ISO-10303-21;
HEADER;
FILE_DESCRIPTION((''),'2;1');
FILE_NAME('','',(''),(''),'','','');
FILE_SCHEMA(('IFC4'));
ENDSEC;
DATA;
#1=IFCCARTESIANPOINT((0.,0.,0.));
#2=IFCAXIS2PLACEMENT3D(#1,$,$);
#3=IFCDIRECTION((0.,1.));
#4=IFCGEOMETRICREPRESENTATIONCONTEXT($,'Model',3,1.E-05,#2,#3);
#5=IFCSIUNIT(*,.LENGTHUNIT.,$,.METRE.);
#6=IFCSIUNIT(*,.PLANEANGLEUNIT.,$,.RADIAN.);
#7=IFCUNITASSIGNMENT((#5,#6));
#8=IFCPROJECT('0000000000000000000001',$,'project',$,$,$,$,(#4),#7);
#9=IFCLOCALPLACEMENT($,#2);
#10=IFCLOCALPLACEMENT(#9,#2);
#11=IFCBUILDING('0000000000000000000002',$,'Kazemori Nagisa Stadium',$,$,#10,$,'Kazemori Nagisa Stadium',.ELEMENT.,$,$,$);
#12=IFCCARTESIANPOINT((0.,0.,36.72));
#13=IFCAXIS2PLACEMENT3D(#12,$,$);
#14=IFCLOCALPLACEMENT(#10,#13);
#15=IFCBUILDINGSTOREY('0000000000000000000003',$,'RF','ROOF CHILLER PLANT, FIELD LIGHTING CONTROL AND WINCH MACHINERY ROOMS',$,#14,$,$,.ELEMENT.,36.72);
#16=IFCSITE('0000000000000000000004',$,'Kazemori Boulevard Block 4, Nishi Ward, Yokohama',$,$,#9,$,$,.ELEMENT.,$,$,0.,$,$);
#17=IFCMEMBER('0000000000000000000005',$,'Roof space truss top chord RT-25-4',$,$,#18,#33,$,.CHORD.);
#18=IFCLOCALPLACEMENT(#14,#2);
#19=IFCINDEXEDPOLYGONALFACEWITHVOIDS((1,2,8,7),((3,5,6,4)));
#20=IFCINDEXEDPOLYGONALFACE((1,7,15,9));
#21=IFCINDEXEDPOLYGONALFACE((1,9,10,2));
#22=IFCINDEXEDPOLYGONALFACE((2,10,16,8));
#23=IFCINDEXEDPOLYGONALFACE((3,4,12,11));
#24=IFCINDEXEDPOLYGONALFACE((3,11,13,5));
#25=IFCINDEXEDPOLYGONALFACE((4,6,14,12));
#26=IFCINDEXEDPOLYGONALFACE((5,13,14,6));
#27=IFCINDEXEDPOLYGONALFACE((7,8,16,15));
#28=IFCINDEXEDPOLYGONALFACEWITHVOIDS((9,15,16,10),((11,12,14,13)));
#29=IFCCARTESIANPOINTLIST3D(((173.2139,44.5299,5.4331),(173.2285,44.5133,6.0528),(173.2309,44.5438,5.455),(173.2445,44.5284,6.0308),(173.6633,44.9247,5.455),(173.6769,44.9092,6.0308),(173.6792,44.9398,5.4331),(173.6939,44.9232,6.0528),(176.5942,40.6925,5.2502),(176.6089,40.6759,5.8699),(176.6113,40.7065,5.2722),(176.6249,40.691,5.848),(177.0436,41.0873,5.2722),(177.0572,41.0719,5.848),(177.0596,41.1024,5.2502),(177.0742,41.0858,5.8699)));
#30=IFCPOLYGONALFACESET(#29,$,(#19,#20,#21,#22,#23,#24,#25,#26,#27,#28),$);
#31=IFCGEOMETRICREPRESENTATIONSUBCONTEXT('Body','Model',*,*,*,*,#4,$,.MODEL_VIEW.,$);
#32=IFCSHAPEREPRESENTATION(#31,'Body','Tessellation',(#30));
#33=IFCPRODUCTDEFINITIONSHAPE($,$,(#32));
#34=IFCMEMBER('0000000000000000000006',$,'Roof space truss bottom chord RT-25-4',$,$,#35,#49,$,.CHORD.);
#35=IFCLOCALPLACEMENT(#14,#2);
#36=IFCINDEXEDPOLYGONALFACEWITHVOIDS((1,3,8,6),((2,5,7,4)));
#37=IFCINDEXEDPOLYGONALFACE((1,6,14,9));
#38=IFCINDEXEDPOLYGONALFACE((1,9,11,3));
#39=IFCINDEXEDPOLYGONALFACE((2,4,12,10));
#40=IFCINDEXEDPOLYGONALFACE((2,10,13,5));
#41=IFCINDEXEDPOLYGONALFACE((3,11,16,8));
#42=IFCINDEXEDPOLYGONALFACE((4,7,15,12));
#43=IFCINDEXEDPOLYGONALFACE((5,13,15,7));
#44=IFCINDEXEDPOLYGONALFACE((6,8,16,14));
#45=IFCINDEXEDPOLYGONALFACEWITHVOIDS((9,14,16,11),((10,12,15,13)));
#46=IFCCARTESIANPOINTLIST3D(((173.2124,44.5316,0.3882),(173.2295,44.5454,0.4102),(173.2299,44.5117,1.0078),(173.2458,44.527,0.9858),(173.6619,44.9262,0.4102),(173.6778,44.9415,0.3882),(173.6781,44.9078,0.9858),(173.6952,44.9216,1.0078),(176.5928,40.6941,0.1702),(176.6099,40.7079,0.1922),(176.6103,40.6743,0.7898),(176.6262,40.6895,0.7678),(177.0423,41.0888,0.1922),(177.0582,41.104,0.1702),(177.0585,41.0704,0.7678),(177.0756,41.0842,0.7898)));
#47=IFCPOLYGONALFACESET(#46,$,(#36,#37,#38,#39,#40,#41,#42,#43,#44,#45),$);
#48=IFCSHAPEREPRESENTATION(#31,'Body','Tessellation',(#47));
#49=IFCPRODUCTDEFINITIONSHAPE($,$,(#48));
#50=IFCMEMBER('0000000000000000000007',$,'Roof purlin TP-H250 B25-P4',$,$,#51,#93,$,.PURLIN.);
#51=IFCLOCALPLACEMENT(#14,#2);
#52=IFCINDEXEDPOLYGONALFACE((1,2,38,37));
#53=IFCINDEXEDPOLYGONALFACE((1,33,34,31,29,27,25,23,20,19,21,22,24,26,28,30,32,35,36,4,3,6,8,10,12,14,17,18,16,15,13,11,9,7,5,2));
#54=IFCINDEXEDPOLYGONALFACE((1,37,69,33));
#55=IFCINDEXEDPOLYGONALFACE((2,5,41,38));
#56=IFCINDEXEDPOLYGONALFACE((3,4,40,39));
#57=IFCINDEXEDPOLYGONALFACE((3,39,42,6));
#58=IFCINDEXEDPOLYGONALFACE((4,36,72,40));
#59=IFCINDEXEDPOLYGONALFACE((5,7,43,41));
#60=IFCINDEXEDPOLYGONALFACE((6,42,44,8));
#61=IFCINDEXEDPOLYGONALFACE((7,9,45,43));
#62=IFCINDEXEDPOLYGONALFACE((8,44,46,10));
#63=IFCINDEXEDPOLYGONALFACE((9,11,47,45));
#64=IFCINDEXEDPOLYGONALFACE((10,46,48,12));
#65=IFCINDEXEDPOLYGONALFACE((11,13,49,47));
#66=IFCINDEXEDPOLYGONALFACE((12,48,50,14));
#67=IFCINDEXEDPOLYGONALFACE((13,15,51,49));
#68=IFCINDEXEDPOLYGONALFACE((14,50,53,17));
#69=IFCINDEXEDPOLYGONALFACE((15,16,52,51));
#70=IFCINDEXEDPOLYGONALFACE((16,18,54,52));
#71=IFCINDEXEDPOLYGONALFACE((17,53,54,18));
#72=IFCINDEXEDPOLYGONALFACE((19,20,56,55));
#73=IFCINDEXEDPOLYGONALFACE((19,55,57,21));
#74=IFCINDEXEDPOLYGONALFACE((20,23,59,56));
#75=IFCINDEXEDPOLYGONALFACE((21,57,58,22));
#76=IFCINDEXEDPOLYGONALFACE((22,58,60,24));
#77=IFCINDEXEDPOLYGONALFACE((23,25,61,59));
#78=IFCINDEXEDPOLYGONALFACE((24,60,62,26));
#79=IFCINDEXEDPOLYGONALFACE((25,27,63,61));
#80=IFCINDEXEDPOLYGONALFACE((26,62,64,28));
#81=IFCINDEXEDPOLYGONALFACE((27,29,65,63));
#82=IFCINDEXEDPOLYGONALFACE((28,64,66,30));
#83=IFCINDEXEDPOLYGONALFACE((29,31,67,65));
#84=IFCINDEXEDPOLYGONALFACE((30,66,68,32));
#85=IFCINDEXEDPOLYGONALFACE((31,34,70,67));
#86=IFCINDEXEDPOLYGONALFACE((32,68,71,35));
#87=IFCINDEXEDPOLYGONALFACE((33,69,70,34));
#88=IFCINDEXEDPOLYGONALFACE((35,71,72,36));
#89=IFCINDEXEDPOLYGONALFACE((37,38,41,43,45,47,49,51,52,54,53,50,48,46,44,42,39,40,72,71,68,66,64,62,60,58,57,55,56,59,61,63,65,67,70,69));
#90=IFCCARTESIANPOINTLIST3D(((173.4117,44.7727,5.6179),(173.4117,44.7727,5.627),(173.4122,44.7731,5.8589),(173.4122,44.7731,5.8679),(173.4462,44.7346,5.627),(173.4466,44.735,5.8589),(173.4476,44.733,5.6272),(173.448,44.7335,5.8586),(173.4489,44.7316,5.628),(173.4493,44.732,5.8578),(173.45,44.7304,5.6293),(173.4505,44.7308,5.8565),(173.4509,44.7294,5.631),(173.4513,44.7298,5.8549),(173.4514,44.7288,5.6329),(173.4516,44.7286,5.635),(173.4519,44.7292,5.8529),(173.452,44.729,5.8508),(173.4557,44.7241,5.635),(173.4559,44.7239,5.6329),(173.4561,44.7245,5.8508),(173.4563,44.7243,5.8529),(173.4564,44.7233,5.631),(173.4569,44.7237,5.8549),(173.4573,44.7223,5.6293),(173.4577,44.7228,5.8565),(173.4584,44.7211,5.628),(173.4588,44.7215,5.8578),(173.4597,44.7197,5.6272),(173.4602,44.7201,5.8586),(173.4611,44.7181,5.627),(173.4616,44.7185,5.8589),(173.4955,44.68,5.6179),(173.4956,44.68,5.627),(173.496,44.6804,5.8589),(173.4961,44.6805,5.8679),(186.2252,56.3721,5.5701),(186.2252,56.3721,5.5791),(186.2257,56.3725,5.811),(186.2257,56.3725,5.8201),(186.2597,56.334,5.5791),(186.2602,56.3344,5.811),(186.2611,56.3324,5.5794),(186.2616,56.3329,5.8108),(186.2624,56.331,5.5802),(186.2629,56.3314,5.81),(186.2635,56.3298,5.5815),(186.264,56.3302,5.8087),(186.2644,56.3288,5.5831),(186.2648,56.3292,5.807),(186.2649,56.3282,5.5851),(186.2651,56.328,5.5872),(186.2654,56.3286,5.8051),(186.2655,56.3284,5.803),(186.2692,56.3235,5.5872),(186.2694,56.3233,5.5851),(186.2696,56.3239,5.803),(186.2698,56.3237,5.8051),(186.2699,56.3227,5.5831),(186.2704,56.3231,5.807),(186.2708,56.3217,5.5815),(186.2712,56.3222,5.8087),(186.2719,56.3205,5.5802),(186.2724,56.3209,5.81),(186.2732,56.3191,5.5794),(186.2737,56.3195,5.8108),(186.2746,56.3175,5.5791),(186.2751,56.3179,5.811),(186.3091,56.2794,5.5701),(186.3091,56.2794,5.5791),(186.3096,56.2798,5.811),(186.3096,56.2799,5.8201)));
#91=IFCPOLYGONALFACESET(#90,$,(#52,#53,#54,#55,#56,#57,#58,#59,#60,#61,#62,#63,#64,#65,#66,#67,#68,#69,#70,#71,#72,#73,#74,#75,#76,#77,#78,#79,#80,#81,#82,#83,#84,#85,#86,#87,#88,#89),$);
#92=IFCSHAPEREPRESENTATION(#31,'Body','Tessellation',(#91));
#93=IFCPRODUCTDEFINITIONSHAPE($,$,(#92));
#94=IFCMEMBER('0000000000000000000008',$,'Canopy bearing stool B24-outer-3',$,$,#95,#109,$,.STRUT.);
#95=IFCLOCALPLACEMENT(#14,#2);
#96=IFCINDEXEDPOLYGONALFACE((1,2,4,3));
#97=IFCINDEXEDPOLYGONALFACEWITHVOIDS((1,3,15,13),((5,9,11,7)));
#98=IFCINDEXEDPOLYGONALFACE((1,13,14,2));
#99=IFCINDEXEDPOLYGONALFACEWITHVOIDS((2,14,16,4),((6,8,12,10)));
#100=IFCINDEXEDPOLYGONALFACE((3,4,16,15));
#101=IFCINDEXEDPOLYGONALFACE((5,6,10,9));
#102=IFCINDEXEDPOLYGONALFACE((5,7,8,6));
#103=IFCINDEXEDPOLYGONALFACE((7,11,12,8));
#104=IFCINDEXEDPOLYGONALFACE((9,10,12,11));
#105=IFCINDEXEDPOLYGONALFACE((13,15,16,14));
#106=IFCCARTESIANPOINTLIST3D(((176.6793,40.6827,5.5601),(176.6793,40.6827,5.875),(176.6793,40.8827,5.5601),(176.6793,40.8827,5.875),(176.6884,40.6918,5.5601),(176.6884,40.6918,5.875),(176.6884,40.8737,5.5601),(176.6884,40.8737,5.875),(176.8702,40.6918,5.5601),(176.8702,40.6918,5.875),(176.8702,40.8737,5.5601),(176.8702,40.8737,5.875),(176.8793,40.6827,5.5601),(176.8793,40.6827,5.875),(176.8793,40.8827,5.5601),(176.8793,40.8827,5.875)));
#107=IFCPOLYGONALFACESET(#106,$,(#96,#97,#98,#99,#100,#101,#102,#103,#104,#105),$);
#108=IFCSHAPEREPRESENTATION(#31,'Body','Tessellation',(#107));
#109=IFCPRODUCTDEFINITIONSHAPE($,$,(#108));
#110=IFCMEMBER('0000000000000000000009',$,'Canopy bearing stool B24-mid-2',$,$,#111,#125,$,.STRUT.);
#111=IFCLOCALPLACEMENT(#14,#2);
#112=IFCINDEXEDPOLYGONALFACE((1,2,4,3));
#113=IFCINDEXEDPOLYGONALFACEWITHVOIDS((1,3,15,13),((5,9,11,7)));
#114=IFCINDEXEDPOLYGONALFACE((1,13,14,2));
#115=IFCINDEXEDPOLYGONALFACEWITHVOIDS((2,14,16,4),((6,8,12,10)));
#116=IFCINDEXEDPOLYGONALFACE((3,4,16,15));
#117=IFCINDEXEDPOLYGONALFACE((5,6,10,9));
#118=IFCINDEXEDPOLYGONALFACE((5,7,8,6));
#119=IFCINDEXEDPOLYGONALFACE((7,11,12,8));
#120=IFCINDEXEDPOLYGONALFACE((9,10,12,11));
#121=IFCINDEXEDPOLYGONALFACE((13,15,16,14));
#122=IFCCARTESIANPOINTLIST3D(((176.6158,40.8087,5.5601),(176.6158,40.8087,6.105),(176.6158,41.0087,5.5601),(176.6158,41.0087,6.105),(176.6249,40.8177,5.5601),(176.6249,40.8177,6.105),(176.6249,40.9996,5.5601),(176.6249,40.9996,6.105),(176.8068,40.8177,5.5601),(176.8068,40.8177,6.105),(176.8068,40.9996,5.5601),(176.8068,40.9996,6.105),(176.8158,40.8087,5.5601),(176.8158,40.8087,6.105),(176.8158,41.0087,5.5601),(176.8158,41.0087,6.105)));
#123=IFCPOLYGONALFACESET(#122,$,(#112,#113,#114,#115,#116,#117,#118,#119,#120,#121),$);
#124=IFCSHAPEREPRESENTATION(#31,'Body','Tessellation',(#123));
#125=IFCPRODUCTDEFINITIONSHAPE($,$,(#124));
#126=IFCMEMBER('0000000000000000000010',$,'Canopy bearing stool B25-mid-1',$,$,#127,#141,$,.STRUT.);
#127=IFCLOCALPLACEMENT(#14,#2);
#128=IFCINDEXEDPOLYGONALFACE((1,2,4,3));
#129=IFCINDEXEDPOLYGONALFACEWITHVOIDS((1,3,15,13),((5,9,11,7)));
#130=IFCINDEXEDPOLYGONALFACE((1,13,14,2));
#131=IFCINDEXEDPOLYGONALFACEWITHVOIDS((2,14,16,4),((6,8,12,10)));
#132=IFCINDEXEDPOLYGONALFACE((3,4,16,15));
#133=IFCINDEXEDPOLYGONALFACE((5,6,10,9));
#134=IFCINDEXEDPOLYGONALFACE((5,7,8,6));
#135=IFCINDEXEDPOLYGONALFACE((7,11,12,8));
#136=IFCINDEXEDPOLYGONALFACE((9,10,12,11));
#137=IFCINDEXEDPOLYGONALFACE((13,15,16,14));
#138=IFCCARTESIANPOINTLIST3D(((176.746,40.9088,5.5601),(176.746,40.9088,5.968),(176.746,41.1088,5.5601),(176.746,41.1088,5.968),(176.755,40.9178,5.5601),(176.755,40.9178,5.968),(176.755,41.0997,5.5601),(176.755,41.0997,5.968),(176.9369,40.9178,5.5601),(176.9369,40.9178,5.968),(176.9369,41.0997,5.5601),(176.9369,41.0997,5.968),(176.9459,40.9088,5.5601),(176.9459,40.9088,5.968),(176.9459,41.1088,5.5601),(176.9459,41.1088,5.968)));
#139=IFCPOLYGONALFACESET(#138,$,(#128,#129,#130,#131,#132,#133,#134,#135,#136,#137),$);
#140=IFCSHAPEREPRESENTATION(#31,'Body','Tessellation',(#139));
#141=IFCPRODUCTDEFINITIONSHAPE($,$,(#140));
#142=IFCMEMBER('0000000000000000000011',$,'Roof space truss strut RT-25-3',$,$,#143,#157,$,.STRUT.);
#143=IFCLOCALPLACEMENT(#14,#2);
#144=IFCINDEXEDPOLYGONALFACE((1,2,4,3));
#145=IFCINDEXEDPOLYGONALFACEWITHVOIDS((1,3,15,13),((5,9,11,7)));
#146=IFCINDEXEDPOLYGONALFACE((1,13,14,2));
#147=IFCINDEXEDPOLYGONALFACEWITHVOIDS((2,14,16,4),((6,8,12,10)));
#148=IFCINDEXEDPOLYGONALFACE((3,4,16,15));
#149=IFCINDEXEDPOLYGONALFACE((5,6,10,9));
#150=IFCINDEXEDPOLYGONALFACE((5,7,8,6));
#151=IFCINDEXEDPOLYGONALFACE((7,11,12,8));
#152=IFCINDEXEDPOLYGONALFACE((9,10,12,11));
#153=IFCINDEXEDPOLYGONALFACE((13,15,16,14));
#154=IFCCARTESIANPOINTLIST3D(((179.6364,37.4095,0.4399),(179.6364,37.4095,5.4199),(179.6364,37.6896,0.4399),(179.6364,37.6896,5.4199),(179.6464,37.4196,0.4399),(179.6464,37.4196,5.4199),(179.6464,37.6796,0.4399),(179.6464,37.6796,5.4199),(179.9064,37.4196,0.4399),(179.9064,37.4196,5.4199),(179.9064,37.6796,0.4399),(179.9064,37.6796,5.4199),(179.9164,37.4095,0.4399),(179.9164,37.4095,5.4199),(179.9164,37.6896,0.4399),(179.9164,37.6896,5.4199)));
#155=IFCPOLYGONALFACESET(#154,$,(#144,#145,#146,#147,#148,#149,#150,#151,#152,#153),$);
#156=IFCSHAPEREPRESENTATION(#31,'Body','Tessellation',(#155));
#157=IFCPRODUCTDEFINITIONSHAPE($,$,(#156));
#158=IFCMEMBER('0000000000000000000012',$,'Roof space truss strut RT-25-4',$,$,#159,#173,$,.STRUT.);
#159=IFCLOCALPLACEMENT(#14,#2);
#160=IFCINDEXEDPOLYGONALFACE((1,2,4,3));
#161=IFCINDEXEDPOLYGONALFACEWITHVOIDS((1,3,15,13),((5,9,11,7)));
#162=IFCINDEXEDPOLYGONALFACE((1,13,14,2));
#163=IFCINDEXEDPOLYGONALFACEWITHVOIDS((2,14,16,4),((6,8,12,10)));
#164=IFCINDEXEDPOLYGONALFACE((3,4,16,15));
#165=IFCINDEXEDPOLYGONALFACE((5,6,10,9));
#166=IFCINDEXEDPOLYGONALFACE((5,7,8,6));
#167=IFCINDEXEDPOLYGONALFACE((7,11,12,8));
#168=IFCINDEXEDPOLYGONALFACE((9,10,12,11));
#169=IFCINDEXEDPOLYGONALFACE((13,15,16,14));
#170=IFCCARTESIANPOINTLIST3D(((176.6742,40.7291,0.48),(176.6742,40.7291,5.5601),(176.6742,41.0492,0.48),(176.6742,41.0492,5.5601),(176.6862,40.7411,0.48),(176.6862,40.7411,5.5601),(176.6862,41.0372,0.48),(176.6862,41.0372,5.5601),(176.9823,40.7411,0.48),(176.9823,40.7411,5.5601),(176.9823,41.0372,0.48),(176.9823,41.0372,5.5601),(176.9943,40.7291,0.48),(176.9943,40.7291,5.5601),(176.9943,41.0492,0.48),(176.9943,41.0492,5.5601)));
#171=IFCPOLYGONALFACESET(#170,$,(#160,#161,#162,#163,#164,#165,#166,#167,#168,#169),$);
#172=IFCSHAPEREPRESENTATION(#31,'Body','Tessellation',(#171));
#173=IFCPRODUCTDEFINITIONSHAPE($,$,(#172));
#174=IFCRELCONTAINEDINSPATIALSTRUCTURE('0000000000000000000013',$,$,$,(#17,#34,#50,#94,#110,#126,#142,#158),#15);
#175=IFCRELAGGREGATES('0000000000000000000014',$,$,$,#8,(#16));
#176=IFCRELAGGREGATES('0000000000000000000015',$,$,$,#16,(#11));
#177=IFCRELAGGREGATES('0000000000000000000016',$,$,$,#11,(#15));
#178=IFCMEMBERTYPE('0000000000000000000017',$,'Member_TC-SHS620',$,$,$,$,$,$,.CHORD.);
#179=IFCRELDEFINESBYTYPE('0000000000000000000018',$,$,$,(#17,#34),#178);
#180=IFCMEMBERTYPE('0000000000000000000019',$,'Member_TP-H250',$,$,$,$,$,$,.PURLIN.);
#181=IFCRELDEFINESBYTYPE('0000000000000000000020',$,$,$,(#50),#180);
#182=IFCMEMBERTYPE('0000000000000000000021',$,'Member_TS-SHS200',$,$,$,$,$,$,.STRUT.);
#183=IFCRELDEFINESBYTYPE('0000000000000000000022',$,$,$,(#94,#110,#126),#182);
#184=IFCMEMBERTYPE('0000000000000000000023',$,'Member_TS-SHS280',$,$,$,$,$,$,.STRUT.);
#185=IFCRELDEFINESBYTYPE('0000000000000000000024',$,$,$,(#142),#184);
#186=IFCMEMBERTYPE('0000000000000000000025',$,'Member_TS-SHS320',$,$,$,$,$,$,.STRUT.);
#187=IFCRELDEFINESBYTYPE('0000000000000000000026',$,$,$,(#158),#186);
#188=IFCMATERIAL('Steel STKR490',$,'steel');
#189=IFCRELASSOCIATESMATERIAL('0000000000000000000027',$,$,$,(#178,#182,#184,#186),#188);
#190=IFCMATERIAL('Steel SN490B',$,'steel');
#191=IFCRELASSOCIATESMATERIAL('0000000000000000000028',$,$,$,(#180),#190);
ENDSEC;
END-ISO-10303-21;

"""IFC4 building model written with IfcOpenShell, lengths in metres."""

from ifc_helpers import new_model, si_unit, direction, frame, origin, origin_2d, place, context, subcontext, project, spatial, hollow_rectangle, i_section, extrude, material, material_profile, profile_set, type_object, element, save


model = new_model("IFC4")

# Units and contexts
model_context = context("Model", 3, precision=1e-05, world=origin(), true_north=direction((0.0, 1.0)))
body_context = subcontext(model_context, "Body", "Model", "MODEL_VIEW")
ifc_project = project(units=[si_unit("LENGTHUNIT", "METRE"), si_unit("PLANEANGLEUNIT", "RADIAN")], contexts=[model_context])

# Site, building, storey
site_placement = place(None, origin())
site = spatial("IfcSite", under=ifc_project, at=site_placement, Name="Kazemori Boulevard Block 4, Nishi Ward, Yokohama", CompositionType="ELEMENT", RefElevation=0.0)
building_placement = place(site_placement, origin())
building = spatial("IfcBuilding", under=site, at=building_placement, Name="Kazemori Nagisa Stadium", LongName="Kazemori Nagisa Stadium", CompositionType="ELEMENT")
storey_placement = place(building_placement, frame((0.0, 0.0, 36.72)))
storey = spatial("IfcBuildingStorey", under=building, at=storey_placement, Name="RF", Description="ROOF CHILLER PLANT, FIELD LIGHTING CONTROL AND WINCH MACHINERY ROOMS", CompositionType="ELEMENT", Elevation=36.72)

# Shared definitions
ifc_material_1 = material(Name="Steel SN490B", Category="steel")

# Members
ifc_material_2 = material(Name="Steel STKR490", Category="steel")
ifc_material_profile_1 = material_profile(ifc_material_2, hollow_rectangle(XDim=0.6201, YDim=0.6201, WallThickness=0.022, at=origin_2d()), Name="SHS-620x620x22")
ifc_profile_set_1 = profile_set([ifc_material_profile_1], Name="Steel STKR490")
member_type_1 = type_object("IfcMemberType", Name="Member_TC-SHS620", PredefinedType="CHORD", material=ifc_profile_set_1)
member_1_placement = place(storey_placement, frame((176.8342, 40.8892, 5.5601), z_axis=(-0.660587, 0.749899, 0.035734), x_axis=(-0.750378, -0.661009, 0.0)))
element("IfcMember", 1, at=member_1_placement, inside=storey, type_object=member_type_1, Name="Roof space truss top chord RT-25-4", PredefinedType="CHORD", context=body_context, shape_type="SweptSolid", body=[
    extrude(hollow_rectangle(XDim=0.6201, YDim=0.6201, WallThickness=0.022, at=origin_2d()), origin(), (0.0, 0.0, 1.0), 5.1172),
])
member_2_placement = place(storey_placement, frame((176.8342, 40.8892, 0.48), z_axis=(-0.660409, 0.749697, 0.042593), x_axis=(-0.750378, -0.661009, 0.0)))
element("IfcMember", 2, at=member_2_placement, inside=storey, type_object=member_type_1, Name="Roof space truss bottom chord RT-25-4", PredefinedType="CHORD", context=body_context, shape_type="SweptSolid", body=[
    extrude(hollow_rectangle(XDim=0.6201, YDim=0.6201, WallThickness=0.022, at=origin_2d()), origin(), (0.0, 0.0, 1.0), 5.1187),
])
ifc_material_profile_2 = material_profile(ifc_material_1, i_section(OverallWidth=0.125, OverallDepth=0.25, WebThickness=0.0061, FlangeThickness=0.009, FilletRadius=0.0081, at=origin_2d()), Name="H-250x125x6x9")
ifc_profile_set_2 = profile_set([ifc_material_profile_2], Name="Steel SN490B")
member_type_2 = type_object("IfcMemberType", Name="Member_TP-H250", PredefinedType="PURLIN", material=ifc_profile_set_2)
member_3_placement = place(storey_placement, frame((173.4539, 44.7266, 5.7429), z_axis=(0.741354, 0.671109, -0.002769), x_axis=(-0.671111, 0.741357, 0.0)))
element("IfcMember", 3, at=member_3_placement, inside=storey, type_object=member_type_2, Name="Roof purlin TP-H250 B25-P4", PredefinedType="PURLIN", context=body_context, shape_type="SweptSolid", body=[
    extrude(i_section(OverallWidth=0.125, OverallDepth=0.25, WebThickness=0.0061, FlangeThickness=0.009, FilletRadius=0.0081, at=origin_2d()), origin(), (0.0, 0.0, 1.0), 17.2839),
])
ifc_material_profile_3 = material_profile(ifc_material_2, hollow_rectangle(XDim=0.2, YDim=0.2, WallThickness=0.009, at=origin_2d()), Name="SHS-200x200x9")
ifc_profile_set_3 = profile_set([ifc_material_profile_3], Name="Steel STKR490")
member_type_3 = type_object("IfcMemberType", Name="Member_TS-SHS200", PredefinedType="STRUT", material=ifc_profile_set_3)
member_4_placement = place(storey_placement, frame((176.7793, 40.7827, 5.5601), z_axis=(0.0, 0.0, 1.0), x_axis=(1.0, 0.0, 0.0)))
element("IfcMember", 4, at=member_4_placement, inside=storey, type_object=member_type_3, Name="Canopy bearing stool B24-outer-3", PredefinedType="STRUT", context=body_context, shape_type="SweptSolid", body=[
    extrude(hollow_rectangle(XDim=0.2, YDim=0.2, WallThickness=0.009, at=origin_2d()), origin(), (0.0, 0.0, 1.0), 0.3149),
])
member_5_placement = place(storey_placement, frame((176.7158, 40.9087, 5.5601), z_axis=(0.0, 0.0, 1.0), x_axis=(1.0, 0.0, 0.0)))
element("IfcMember", 5, at=member_5_placement, inside=storey, type_object=member_type_3, Name="Canopy bearing stool B24-mid-2", PredefinedType="STRUT", context=body_context, shape_type="SweptSolid", body=[
    extrude(hollow_rectangle(XDim=0.2, YDim=0.2, WallThickness=0.009, at=origin_2d()), origin(), (0.0, 0.0, 1.0), 0.5449),
])
member_6_placement = place(storey_placement, frame((176.8459, 41.0088, 5.5601), z_axis=(0.0, 0.0, 1.0), x_axis=(1.0, 0.0, 0.0)))
element("IfcMember", 6, at=member_6_placement, inside=storey, type_object=member_type_3, Name="Canopy bearing stool B25-mid-1", PredefinedType="STRUT", context=body_context, shape_type="SweptSolid", body=[
    extrude(hollow_rectangle(XDim=0.2, YDim=0.2, WallThickness=0.009, at=origin_2d()), origin(), (0.0, 0.0, 1.0), 0.408),
])
ifc_material_profile_4 = material_profile(ifc_material_2, hollow_rectangle(XDim=0.28, YDim=0.28, WallThickness=0.01, at=origin_2d()), Name="SHS-280x280x10")
ifc_profile_set_4 = profile_set([ifc_material_profile_4], Name="Steel STKR490")
member_type_4 = type_object("IfcMemberType", Name="Member_TS-SHS280", PredefinedType="STRUT", material=ifc_profile_set_4)
member_7_placement = place(storey_placement, frame((179.7764, 37.5496, 0.4399), z_axis=(0.0, 0.0, 1.0), x_axis=(1.0, 0.0, 0.0)))
element("IfcMember", 7, at=member_7_placement, inside=storey, type_object=member_type_4, Name="Roof space truss strut RT-25-3", PredefinedType="STRUT", context=body_context, shape_type="SweptSolid", body=[
    extrude(hollow_rectangle(XDim=0.28, YDim=0.28, WallThickness=0.01, at=origin_2d()), origin(), (0.0, 0.0, 1.0), 4.98),
])
ifc_material_profile_5 = material_profile(ifc_material_2, hollow_rectangle(XDim=0.3201, YDim=0.3201, WallThickness=0.012, at=origin_2d()), Name="SHS-320x320x12")
ifc_profile_set_5 = profile_set([ifc_material_profile_5], Name="Steel STKR490")
member_type_5 = type_object("IfcMemberType", Name="Member_TS-SHS320", PredefinedType="STRUT", material=ifc_profile_set_5)
member_8_placement = place(storey_placement, frame((176.8342, 40.8892, 0.48), z_axis=(0.0, 0.0, 1.0), x_axis=(1.0, 0.0, 0.0)))
element("IfcMember", 8, at=member_8_placement, inside=storey, type_object=member_type_5, Name="Roof space truss strut RT-25-4", PredefinedType="STRUT", context=body_context, shape_type="SweptSolid", body=[
    extrude(hollow_rectangle(XDim=0.3201, YDim=0.3201, WallThickness=0.012, at=origin_2d()), origin(), (0.0, 0.0, 1.0), 5.0801),
])

save(model, "model.ifc")
